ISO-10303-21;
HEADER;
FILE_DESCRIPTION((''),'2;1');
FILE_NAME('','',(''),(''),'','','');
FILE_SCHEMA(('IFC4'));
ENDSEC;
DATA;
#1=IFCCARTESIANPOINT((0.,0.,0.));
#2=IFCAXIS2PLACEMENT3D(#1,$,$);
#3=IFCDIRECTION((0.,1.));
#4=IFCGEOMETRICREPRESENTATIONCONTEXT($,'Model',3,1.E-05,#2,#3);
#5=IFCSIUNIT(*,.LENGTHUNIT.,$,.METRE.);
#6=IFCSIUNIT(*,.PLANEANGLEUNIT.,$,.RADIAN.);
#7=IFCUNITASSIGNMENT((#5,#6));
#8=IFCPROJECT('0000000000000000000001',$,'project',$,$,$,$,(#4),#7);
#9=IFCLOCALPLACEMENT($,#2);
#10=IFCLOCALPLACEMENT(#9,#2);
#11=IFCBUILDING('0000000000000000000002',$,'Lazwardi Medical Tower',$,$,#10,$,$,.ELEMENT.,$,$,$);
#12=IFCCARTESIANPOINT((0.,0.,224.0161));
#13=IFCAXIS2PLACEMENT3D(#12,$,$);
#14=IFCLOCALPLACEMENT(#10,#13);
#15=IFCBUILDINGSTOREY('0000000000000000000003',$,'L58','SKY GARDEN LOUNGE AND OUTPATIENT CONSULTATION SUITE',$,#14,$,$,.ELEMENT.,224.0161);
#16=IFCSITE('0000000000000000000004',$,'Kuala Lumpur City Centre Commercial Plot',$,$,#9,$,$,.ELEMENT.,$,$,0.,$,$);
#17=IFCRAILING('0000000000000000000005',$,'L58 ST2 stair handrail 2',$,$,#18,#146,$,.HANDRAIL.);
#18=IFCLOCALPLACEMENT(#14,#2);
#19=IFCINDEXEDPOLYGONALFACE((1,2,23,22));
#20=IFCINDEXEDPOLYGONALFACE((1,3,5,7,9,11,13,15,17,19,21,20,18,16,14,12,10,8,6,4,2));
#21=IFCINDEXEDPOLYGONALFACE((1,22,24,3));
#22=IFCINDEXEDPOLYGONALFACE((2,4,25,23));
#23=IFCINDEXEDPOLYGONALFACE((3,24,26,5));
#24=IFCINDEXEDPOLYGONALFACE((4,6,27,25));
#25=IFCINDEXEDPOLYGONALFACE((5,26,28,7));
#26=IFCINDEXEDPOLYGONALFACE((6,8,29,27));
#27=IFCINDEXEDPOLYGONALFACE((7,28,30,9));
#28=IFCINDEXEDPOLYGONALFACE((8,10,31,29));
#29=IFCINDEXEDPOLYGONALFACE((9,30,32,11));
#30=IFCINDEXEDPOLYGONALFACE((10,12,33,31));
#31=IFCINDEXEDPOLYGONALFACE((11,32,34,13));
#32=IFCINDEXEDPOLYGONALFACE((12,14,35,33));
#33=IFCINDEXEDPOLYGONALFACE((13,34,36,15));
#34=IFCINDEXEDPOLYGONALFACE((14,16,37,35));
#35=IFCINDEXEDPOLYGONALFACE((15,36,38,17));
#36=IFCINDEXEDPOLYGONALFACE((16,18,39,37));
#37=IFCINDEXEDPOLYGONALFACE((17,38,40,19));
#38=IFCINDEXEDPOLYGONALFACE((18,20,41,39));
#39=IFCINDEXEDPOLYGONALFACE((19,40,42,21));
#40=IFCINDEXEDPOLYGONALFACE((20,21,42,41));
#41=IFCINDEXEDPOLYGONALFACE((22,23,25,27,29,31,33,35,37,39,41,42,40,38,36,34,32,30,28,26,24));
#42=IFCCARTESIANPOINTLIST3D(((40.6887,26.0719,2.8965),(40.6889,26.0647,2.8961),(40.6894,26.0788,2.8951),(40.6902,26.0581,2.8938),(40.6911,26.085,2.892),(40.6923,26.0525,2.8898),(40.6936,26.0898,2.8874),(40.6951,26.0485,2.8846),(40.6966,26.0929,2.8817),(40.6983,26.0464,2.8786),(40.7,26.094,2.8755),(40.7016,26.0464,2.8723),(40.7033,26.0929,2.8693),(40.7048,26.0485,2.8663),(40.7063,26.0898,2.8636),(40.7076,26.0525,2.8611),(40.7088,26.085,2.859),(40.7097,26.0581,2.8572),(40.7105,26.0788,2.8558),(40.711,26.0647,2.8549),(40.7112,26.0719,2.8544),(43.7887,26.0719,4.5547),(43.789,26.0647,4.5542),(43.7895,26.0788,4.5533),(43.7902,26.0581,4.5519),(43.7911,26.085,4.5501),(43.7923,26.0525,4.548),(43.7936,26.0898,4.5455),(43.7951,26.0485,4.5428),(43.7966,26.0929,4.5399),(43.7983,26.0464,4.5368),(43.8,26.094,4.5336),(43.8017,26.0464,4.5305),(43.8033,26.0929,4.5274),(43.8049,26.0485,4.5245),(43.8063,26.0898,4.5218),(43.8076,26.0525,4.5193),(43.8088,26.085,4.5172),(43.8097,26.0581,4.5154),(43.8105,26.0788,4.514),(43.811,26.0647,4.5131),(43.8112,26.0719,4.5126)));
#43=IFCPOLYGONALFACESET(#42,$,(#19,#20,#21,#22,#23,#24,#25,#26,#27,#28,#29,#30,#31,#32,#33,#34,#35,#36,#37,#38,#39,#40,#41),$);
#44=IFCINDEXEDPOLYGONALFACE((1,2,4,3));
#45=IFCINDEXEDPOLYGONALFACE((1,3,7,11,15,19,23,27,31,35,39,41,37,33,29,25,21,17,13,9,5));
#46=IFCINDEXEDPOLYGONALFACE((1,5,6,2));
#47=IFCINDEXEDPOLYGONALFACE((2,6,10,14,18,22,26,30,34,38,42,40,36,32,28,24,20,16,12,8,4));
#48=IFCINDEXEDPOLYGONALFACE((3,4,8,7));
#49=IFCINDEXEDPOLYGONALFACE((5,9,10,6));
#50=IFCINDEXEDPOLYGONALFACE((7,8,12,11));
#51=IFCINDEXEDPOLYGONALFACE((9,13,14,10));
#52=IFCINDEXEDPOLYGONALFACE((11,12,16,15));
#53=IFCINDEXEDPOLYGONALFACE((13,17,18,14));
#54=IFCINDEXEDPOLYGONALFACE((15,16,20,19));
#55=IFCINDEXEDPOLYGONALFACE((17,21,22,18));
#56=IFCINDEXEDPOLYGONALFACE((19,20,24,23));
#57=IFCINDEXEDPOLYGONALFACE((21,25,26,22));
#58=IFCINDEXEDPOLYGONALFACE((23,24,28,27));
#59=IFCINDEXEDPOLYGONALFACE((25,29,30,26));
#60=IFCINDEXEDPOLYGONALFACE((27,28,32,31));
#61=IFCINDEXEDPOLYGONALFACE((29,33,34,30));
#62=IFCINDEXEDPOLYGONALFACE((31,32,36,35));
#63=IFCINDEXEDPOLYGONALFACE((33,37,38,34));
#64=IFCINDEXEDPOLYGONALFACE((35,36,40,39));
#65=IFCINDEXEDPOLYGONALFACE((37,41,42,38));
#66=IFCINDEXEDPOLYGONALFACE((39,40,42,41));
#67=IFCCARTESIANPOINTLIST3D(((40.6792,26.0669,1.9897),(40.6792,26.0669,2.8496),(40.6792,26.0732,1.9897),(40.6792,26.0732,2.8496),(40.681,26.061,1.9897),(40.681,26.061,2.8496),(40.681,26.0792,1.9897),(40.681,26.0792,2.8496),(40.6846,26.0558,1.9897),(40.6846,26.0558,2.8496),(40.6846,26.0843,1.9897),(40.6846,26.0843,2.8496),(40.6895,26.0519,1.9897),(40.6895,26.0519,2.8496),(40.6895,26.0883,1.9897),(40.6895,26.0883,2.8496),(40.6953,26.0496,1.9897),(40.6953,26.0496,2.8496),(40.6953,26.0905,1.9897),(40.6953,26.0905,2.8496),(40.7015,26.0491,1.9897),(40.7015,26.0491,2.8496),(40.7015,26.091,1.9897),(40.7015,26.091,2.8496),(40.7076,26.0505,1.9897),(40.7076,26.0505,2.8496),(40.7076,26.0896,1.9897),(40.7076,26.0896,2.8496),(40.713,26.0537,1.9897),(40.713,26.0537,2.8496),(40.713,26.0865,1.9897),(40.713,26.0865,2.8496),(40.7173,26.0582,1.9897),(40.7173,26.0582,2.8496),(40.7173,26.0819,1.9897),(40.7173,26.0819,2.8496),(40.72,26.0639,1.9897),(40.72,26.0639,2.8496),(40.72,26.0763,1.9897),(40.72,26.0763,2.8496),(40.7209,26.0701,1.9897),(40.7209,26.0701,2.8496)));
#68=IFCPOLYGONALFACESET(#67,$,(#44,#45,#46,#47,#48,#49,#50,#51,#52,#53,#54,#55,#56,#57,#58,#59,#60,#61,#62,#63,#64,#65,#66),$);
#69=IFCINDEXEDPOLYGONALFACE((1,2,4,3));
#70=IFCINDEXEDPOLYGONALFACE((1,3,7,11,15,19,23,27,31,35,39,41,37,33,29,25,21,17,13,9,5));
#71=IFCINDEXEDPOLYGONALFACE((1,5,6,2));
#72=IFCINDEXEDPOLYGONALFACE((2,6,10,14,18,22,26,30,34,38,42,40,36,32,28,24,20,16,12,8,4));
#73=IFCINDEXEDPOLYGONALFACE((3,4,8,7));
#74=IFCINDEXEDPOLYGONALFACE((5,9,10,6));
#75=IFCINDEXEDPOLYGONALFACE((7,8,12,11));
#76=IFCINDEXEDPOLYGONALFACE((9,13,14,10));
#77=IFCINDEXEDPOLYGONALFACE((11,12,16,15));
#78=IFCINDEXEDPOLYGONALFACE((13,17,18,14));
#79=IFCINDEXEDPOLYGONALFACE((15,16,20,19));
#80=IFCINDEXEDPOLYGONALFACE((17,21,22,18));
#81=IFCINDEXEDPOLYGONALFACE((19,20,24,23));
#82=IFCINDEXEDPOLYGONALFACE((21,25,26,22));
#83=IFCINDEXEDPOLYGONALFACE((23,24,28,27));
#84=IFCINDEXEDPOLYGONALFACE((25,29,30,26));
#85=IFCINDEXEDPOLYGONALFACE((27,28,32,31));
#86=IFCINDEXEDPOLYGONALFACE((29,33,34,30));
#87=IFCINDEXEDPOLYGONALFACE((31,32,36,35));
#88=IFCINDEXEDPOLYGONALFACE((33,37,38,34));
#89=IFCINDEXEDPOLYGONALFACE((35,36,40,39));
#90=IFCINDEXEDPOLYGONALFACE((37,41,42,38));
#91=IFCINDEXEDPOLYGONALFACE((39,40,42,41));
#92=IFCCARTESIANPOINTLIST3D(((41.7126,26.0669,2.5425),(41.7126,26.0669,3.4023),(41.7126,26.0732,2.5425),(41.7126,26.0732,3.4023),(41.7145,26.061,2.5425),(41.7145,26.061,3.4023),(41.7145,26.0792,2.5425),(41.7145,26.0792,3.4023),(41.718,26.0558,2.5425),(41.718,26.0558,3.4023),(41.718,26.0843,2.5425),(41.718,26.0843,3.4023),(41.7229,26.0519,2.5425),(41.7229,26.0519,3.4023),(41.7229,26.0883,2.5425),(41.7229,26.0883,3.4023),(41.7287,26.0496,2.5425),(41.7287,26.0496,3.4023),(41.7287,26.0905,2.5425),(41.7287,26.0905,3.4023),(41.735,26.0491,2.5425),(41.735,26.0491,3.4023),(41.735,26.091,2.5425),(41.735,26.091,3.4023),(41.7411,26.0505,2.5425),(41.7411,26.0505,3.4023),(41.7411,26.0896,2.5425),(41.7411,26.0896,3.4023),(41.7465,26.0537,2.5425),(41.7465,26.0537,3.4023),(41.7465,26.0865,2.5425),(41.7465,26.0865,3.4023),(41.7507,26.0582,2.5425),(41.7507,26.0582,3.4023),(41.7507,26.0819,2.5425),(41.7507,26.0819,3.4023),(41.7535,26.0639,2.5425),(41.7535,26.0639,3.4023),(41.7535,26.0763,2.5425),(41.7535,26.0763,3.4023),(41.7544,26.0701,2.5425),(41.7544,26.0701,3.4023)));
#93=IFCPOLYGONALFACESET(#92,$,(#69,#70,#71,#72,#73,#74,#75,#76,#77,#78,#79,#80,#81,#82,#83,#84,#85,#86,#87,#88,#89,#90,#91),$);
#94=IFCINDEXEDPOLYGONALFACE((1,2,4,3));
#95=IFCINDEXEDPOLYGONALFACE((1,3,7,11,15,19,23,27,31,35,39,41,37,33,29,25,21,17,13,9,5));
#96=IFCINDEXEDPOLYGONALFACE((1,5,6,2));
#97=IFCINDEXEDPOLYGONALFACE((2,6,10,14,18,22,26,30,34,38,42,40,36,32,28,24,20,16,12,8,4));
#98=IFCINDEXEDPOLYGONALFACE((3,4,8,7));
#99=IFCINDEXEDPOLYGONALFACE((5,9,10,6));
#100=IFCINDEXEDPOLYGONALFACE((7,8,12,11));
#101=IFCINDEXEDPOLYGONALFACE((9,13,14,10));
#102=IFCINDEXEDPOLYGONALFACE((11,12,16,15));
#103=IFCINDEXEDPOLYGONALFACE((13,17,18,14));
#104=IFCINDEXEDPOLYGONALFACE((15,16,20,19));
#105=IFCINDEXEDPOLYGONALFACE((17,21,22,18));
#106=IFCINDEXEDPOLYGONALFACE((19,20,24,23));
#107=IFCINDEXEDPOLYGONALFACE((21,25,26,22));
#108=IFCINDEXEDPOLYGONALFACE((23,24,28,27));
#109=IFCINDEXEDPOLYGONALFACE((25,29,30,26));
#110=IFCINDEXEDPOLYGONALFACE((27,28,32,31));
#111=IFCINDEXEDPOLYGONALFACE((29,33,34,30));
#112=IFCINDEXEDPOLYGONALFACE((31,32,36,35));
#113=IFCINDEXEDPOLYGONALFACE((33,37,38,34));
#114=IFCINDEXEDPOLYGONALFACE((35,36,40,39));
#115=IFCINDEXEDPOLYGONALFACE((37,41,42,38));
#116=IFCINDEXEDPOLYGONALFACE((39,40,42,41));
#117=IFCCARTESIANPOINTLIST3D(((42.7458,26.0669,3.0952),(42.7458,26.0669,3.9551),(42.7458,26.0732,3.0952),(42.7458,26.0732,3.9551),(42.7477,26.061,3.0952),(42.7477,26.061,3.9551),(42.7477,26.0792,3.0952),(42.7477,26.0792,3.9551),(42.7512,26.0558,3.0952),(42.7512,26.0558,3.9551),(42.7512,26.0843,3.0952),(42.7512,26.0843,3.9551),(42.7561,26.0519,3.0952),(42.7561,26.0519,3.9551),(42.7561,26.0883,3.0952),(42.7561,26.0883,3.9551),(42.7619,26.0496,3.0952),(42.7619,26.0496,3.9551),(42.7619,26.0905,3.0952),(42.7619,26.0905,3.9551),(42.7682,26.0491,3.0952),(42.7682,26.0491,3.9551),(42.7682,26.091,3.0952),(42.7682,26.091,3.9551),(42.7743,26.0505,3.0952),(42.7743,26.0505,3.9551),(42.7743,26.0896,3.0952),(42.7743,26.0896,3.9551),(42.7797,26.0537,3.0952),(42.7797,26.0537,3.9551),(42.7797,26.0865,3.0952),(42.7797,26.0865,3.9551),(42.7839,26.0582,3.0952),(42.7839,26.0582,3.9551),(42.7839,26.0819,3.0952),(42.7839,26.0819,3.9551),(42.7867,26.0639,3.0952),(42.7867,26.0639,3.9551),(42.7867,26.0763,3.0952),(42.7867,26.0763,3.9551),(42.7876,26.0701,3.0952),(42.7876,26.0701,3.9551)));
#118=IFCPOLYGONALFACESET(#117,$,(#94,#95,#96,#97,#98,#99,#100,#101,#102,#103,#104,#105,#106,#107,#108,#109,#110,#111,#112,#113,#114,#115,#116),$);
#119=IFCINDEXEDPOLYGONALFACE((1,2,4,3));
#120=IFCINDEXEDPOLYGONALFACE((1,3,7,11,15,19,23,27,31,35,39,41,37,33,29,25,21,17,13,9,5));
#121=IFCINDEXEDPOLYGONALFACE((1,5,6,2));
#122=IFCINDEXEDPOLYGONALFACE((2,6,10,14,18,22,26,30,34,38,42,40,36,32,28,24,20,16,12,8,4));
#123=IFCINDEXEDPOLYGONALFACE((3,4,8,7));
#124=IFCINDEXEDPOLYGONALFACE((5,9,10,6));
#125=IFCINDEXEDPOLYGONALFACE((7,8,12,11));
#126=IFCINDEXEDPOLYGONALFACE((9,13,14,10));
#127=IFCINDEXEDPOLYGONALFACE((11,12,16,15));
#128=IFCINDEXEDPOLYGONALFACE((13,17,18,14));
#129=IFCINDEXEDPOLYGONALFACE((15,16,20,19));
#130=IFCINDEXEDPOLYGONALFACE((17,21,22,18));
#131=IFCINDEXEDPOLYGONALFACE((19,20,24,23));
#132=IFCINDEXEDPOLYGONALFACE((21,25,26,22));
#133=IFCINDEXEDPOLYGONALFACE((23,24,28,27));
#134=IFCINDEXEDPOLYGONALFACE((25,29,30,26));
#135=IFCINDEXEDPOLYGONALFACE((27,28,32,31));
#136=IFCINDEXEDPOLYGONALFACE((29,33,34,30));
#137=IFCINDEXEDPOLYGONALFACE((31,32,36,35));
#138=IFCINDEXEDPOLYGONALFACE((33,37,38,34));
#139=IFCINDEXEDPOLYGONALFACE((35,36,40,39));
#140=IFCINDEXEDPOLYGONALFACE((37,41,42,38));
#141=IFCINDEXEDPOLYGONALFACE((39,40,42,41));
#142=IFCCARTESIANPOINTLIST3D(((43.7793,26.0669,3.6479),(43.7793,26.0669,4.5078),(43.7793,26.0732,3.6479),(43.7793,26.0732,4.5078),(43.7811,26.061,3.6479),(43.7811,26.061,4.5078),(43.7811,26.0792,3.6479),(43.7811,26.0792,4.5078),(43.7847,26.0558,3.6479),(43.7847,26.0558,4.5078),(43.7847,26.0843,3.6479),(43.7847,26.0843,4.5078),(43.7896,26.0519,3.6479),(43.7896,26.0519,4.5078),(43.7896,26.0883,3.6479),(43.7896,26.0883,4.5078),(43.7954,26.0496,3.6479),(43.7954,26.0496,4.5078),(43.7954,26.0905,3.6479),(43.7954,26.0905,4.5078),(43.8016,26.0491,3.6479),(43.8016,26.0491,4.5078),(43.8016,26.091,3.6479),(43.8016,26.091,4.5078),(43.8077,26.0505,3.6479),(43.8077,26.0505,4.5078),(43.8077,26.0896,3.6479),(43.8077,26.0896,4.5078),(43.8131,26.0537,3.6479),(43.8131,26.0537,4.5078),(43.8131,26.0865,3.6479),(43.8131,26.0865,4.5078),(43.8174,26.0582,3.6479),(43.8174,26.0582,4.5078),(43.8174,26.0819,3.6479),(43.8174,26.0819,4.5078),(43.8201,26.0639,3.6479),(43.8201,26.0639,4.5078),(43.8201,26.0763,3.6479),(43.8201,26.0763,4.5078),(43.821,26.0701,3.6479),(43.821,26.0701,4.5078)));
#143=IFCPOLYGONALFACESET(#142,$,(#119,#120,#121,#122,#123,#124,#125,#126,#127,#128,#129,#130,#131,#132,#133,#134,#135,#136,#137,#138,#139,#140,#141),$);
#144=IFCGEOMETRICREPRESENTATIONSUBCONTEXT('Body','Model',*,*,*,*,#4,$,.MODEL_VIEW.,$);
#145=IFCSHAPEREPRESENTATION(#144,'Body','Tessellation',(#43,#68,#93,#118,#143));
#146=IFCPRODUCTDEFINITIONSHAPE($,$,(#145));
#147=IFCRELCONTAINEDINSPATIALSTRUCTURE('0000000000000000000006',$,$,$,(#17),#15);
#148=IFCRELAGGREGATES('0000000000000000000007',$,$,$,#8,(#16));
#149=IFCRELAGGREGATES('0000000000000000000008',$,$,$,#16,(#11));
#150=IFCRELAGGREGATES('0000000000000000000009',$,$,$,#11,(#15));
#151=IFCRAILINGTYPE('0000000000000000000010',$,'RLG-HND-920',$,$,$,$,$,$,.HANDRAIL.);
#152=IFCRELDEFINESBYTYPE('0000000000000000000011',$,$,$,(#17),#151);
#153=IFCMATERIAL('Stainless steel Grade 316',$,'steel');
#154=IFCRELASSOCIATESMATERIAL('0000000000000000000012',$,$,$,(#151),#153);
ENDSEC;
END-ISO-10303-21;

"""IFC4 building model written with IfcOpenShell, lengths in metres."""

from ifc_helpers import new_model, si_unit, direction, frame, origin, origin_2d, place, context, subcontext, project, spatial, circle, extrude, material, type_object, element, save


model = new_model("IFC4")

# Units and contexts
model_context = context("Model", 3, precision=1e-05, world=origin(), true_north=direction((0.0, 1.0)))
body_context = subcontext(model_context, "Body", "Model", "MODEL_VIEW")
ifc_project = project(units=[si_unit("LENGTHUNIT", "METRE"), si_unit("PLANEANGLEUNIT", "RADIAN")], contexts=[model_context])

# Site, building, storey
site_placement = place(None, origin())
site = spatial("IfcSite", under=ifc_project, at=site_placement, Name="Kuala Lumpur City Centre Commercial Plot", CompositionType="ELEMENT", RefElevation=0.0)
building_placement = place(site_placement, origin())
building = spatial("IfcBuilding", under=site, at=building_placement, Name="Lazwardi Medical Tower", CompositionType="ELEMENT")
storey_placement = place(building_placement, frame((0.0, 0.0, 224.0161)))
storey = spatial("IfcBuildingStorey", under=building, at=storey_placement, Name="L58", Description="SKY GARDEN LOUNGE AND OUTPATIENT CONSULTATION SUITE", CompositionType="ELEMENT", Elevation=224.0161)

# Railing
ifc_material_1 = material(Name="Stainless steel Grade 316", Category="steel")
railing_type_1 = type_object("IfcRailingType", Name="RLG-HND-920", PredefinedType="HANDRAIL", material=ifc_material_1)
railing_1_placement = place(storey_placement, frame((40.7, 26.0701, 1.9897)))
element("IfcRailing", 1, at=railing_1_placement, inside=storey, type_object=railing_type_1, Name="L58 ST2 stair handrail 2", PredefinedType="HANDRAIL", context=body_context, shape_type="SweptSolid", body=[
    extrude(circle(Radius=0.0239, at=origin_2d()), frame((0.0, 0.0, 0.8857), z_axis=(0.881783, 0.0, 0.471655), x_axis=(0.0, 1.0, 0.0)), (0.0, 0.0, 1.0), 3.5156),
    extrude(circle(Radius=0.021, at=origin_2d()), origin(), (0.0, 0.0, 1.0), 0.8599),
    extrude(circle(Radius=0.021, at=origin_2d()), frame((1.0334, 0.0, 0.5527)), (0.0, 0.0, 1.0), 0.8599),
    extrude(circle(Radius=0.021, at=origin_2d()), frame((2.0667, 0.0, 1.1055)), (0.0, 0.0, 1.0), 0.8599),
    extrude(circle(Radius=0.021, at=origin_2d()), frame((3.1001, 0.0, 1.6582)), (0.0, 0.0, 1.0), 0.8599),
])

save(model, "model.ifc")
